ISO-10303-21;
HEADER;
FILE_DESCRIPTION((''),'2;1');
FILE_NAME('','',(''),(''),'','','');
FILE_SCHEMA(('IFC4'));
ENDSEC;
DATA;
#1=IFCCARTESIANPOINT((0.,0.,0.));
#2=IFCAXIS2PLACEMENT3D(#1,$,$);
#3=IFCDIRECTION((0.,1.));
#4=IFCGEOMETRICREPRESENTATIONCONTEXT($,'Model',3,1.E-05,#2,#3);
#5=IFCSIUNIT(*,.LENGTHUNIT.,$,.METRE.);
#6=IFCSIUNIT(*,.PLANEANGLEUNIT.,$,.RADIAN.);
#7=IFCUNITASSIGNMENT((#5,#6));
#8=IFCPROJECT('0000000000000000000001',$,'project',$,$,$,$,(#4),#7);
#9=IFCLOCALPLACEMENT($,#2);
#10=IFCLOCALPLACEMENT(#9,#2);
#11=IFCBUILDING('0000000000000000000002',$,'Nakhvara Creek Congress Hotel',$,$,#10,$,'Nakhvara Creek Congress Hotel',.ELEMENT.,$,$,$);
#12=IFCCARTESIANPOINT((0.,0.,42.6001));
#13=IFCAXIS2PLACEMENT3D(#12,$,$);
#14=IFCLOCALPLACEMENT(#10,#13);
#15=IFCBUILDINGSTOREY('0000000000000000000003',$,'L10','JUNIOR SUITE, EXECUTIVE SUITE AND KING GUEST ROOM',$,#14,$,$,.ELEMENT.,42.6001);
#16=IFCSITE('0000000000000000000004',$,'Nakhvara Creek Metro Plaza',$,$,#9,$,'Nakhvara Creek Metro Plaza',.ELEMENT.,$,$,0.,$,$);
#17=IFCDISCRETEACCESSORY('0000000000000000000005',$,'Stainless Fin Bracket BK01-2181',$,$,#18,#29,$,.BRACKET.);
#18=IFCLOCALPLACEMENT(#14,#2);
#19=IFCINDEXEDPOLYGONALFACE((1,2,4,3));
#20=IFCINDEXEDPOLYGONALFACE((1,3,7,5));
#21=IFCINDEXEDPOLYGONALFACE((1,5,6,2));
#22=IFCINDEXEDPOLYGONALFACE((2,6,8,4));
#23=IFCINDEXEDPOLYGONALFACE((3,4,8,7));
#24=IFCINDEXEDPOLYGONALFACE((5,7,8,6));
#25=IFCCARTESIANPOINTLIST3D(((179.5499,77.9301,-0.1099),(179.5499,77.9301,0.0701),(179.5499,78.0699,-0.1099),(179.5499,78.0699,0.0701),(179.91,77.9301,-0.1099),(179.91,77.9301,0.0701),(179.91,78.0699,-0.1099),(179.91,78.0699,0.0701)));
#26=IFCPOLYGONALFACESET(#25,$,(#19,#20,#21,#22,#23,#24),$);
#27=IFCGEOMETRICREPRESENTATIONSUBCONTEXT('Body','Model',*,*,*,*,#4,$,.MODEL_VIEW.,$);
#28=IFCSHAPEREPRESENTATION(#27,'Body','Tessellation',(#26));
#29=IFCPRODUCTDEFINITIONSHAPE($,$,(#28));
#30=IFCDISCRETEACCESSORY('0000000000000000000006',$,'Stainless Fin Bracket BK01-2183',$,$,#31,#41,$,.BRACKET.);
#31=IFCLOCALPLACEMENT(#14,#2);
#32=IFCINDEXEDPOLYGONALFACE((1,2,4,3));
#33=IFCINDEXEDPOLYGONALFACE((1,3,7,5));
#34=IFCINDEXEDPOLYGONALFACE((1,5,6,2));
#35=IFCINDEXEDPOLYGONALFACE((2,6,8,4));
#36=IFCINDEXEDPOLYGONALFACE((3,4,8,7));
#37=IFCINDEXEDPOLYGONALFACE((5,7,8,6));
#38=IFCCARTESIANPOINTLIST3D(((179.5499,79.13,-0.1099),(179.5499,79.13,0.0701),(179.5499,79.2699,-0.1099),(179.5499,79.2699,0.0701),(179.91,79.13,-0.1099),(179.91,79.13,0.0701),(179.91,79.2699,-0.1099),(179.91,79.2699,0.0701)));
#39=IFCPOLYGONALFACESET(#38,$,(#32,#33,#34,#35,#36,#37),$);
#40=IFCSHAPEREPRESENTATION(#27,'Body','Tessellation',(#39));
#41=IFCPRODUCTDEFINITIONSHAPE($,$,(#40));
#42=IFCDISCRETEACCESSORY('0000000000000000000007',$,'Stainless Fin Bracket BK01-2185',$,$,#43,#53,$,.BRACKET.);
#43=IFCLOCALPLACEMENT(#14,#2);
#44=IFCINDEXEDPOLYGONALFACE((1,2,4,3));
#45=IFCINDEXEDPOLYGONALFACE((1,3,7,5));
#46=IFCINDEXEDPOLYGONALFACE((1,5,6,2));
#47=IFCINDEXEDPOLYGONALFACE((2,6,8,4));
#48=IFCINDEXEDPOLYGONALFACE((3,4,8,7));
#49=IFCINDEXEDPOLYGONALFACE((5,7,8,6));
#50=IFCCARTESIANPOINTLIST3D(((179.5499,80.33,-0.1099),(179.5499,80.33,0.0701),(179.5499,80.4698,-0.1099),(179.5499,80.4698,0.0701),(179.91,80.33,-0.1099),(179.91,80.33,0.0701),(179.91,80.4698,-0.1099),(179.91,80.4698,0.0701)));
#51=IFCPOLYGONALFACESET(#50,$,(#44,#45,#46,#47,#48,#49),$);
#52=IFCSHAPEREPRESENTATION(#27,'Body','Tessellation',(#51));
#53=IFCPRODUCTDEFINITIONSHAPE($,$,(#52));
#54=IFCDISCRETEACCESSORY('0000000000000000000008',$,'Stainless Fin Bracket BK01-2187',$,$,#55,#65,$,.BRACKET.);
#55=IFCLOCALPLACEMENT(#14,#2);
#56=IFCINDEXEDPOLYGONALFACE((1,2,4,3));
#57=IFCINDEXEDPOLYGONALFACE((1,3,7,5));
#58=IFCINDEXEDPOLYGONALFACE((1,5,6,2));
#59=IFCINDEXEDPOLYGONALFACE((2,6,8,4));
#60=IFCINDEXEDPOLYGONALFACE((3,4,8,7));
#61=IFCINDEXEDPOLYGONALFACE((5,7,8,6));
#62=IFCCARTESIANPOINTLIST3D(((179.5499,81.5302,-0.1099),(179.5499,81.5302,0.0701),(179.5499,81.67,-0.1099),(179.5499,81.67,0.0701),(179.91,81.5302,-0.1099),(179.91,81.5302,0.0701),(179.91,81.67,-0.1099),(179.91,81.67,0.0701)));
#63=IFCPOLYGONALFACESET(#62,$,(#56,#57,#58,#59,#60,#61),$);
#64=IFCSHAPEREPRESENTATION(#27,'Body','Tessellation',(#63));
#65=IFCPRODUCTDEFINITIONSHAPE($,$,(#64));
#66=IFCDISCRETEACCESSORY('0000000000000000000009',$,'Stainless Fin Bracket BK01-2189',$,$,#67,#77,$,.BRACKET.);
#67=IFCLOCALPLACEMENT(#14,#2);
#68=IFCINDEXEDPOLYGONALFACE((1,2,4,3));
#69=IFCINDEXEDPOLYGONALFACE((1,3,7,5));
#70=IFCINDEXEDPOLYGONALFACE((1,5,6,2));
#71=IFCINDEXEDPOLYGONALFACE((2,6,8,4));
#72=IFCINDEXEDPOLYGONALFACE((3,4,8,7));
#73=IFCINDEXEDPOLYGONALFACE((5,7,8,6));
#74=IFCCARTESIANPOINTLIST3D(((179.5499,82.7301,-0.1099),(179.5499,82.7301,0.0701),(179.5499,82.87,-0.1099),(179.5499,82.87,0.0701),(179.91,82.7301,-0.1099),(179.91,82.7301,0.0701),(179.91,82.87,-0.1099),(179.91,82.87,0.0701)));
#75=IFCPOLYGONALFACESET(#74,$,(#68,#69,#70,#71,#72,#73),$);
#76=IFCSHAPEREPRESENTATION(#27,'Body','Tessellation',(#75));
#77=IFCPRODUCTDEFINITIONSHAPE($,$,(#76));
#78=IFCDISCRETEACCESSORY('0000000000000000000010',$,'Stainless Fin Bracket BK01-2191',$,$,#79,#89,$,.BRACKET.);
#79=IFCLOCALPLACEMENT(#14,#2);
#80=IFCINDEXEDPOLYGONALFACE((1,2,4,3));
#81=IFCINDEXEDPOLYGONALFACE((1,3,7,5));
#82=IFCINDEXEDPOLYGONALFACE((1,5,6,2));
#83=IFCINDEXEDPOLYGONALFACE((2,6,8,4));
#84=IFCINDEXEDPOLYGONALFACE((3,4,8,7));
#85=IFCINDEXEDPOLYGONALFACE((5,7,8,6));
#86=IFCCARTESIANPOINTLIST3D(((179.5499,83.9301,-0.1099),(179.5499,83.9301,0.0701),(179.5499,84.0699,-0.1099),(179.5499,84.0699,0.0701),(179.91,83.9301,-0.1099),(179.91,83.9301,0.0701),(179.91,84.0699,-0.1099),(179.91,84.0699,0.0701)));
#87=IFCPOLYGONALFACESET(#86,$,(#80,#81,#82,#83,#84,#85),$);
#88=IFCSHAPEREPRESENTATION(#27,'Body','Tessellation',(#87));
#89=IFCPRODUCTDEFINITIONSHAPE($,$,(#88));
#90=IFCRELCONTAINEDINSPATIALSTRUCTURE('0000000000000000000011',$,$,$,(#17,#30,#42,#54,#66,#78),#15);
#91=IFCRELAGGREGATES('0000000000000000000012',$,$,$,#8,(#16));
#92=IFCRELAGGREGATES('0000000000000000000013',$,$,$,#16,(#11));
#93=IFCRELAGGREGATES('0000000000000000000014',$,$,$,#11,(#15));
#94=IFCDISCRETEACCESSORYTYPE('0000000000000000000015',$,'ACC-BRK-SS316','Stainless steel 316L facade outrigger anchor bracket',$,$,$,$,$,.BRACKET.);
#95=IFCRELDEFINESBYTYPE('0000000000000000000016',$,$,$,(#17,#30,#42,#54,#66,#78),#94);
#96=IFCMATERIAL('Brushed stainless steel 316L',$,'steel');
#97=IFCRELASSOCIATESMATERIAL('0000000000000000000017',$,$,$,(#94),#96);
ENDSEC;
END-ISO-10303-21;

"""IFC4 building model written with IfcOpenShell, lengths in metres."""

from ifc_helpers import new_model, si_unit, direction, frame, origin, origin_2d, place, context, subcontext, project, spatial, rectangle, extrude, material, type_object, element, save


model = new_model("IFC4")

# Units and contexts
model_context = context("Model", 3, precision=1e-05, world=origin(), true_north=direction((0.0, 1.0)))
body_context = subcontext(model_context, "Body", "Model", "MODEL_VIEW")
ifc_project = project(units=[si_unit("LENGTHUNIT", "METRE"), si_unit("PLANEANGLEUNIT", "RADIAN")], contexts=[model_context])

# Site, building, storey
site_placement = place(None, origin())
site = spatial("IfcSite", under=ifc_project, at=site_placement, Name="Nakhvara Creek Metro Plaza", LongName="Nakhvara Creek Metro Plaza", CompositionType="ELEMENT", RefElevation=0.0)
building_placement = place(site_placement, origin())
building = spatial("IfcBuilding", under=site, at=building_placement, Name="Nakhvara Creek Congress Hotel", LongName="Nakhvara Creek Congress Hotel", CompositionType="ELEMENT")
storey_placement = place(building_placement, frame((0.0, 0.0, 42.6001)))
storey = spatial("IfcBuildingStorey", under=building, at=storey_placement, Name="L10", Description="JUNIOR SUITE, EXECUTIVE SUITE AND KING GUEST ROOM", CompositionType="ELEMENT", Elevation=42.6001)

# Discrete accessories
ifc_material_1 = material(Name="Brushed stainless steel 316L", Category="steel")
discrete_accessory_type = type_object("IfcDiscreteAccessoryType", Name="ACC-BRK-SS316", Description="Stainless steel 316L facade outrigger anchor bracket", PredefinedType="BRACKET", material=ifc_material_1)
for number, where, z_axis, x_axis, name in (
    (1, (179.73, 78.0, -0.1099), (0.0, 0.0, 1.0), (0.0, 1.0, 0.0), "Stainless Fin Bracket BK01-2181"),
    (2, (179.73, 79.2, -0.1099), (0.0, 0.0, 1.0), (0.0, 1.0, 0.0), "Stainless Fin Bracket BK01-2183"),
    (3, (179.73, 80.3999, -0.1099), (0.0, 0.0, 1.0), (0.0, 1.0, 0.0), "Stainless Fin Bracket BK01-2185"),
    (4, (179.73, 81.6001, -0.1099), (0.0, 0.0, 1.0), (0.0, 1.0, 0.0), "Stainless Fin Bracket BK01-2187"),
    (5, (179.73, 82.8, -0.1099), (0.0, 0.0, 1.0), (0.0, 1.0, 0.0), "Stainless Fin Bracket BK01-2189"),
    (6, (179.73, 84.0, -0.1099), (0.0, 0.0, 1.0), (0.0, 1.0, 0.0), "Stainless Fin Bracket BK01-2191"),
):
    element("IfcDiscreteAccessory", number, at=place(storey_placement, frame(where, z_axis=z_axis, x_axis=x_axis)), inside=storey, type_object=discrete_accessory_type, Name=name, PredefinedType="BRACKET", context=body_context, shape_type="SweptSolid", body=[
        extrude(rectangle(XDim=0.1399, YDim=0.3601, at=origin_2d()), origin(), (0.0, 0.0, 1.0), 0.1799),
    ])

save(model, "model.ifc")
